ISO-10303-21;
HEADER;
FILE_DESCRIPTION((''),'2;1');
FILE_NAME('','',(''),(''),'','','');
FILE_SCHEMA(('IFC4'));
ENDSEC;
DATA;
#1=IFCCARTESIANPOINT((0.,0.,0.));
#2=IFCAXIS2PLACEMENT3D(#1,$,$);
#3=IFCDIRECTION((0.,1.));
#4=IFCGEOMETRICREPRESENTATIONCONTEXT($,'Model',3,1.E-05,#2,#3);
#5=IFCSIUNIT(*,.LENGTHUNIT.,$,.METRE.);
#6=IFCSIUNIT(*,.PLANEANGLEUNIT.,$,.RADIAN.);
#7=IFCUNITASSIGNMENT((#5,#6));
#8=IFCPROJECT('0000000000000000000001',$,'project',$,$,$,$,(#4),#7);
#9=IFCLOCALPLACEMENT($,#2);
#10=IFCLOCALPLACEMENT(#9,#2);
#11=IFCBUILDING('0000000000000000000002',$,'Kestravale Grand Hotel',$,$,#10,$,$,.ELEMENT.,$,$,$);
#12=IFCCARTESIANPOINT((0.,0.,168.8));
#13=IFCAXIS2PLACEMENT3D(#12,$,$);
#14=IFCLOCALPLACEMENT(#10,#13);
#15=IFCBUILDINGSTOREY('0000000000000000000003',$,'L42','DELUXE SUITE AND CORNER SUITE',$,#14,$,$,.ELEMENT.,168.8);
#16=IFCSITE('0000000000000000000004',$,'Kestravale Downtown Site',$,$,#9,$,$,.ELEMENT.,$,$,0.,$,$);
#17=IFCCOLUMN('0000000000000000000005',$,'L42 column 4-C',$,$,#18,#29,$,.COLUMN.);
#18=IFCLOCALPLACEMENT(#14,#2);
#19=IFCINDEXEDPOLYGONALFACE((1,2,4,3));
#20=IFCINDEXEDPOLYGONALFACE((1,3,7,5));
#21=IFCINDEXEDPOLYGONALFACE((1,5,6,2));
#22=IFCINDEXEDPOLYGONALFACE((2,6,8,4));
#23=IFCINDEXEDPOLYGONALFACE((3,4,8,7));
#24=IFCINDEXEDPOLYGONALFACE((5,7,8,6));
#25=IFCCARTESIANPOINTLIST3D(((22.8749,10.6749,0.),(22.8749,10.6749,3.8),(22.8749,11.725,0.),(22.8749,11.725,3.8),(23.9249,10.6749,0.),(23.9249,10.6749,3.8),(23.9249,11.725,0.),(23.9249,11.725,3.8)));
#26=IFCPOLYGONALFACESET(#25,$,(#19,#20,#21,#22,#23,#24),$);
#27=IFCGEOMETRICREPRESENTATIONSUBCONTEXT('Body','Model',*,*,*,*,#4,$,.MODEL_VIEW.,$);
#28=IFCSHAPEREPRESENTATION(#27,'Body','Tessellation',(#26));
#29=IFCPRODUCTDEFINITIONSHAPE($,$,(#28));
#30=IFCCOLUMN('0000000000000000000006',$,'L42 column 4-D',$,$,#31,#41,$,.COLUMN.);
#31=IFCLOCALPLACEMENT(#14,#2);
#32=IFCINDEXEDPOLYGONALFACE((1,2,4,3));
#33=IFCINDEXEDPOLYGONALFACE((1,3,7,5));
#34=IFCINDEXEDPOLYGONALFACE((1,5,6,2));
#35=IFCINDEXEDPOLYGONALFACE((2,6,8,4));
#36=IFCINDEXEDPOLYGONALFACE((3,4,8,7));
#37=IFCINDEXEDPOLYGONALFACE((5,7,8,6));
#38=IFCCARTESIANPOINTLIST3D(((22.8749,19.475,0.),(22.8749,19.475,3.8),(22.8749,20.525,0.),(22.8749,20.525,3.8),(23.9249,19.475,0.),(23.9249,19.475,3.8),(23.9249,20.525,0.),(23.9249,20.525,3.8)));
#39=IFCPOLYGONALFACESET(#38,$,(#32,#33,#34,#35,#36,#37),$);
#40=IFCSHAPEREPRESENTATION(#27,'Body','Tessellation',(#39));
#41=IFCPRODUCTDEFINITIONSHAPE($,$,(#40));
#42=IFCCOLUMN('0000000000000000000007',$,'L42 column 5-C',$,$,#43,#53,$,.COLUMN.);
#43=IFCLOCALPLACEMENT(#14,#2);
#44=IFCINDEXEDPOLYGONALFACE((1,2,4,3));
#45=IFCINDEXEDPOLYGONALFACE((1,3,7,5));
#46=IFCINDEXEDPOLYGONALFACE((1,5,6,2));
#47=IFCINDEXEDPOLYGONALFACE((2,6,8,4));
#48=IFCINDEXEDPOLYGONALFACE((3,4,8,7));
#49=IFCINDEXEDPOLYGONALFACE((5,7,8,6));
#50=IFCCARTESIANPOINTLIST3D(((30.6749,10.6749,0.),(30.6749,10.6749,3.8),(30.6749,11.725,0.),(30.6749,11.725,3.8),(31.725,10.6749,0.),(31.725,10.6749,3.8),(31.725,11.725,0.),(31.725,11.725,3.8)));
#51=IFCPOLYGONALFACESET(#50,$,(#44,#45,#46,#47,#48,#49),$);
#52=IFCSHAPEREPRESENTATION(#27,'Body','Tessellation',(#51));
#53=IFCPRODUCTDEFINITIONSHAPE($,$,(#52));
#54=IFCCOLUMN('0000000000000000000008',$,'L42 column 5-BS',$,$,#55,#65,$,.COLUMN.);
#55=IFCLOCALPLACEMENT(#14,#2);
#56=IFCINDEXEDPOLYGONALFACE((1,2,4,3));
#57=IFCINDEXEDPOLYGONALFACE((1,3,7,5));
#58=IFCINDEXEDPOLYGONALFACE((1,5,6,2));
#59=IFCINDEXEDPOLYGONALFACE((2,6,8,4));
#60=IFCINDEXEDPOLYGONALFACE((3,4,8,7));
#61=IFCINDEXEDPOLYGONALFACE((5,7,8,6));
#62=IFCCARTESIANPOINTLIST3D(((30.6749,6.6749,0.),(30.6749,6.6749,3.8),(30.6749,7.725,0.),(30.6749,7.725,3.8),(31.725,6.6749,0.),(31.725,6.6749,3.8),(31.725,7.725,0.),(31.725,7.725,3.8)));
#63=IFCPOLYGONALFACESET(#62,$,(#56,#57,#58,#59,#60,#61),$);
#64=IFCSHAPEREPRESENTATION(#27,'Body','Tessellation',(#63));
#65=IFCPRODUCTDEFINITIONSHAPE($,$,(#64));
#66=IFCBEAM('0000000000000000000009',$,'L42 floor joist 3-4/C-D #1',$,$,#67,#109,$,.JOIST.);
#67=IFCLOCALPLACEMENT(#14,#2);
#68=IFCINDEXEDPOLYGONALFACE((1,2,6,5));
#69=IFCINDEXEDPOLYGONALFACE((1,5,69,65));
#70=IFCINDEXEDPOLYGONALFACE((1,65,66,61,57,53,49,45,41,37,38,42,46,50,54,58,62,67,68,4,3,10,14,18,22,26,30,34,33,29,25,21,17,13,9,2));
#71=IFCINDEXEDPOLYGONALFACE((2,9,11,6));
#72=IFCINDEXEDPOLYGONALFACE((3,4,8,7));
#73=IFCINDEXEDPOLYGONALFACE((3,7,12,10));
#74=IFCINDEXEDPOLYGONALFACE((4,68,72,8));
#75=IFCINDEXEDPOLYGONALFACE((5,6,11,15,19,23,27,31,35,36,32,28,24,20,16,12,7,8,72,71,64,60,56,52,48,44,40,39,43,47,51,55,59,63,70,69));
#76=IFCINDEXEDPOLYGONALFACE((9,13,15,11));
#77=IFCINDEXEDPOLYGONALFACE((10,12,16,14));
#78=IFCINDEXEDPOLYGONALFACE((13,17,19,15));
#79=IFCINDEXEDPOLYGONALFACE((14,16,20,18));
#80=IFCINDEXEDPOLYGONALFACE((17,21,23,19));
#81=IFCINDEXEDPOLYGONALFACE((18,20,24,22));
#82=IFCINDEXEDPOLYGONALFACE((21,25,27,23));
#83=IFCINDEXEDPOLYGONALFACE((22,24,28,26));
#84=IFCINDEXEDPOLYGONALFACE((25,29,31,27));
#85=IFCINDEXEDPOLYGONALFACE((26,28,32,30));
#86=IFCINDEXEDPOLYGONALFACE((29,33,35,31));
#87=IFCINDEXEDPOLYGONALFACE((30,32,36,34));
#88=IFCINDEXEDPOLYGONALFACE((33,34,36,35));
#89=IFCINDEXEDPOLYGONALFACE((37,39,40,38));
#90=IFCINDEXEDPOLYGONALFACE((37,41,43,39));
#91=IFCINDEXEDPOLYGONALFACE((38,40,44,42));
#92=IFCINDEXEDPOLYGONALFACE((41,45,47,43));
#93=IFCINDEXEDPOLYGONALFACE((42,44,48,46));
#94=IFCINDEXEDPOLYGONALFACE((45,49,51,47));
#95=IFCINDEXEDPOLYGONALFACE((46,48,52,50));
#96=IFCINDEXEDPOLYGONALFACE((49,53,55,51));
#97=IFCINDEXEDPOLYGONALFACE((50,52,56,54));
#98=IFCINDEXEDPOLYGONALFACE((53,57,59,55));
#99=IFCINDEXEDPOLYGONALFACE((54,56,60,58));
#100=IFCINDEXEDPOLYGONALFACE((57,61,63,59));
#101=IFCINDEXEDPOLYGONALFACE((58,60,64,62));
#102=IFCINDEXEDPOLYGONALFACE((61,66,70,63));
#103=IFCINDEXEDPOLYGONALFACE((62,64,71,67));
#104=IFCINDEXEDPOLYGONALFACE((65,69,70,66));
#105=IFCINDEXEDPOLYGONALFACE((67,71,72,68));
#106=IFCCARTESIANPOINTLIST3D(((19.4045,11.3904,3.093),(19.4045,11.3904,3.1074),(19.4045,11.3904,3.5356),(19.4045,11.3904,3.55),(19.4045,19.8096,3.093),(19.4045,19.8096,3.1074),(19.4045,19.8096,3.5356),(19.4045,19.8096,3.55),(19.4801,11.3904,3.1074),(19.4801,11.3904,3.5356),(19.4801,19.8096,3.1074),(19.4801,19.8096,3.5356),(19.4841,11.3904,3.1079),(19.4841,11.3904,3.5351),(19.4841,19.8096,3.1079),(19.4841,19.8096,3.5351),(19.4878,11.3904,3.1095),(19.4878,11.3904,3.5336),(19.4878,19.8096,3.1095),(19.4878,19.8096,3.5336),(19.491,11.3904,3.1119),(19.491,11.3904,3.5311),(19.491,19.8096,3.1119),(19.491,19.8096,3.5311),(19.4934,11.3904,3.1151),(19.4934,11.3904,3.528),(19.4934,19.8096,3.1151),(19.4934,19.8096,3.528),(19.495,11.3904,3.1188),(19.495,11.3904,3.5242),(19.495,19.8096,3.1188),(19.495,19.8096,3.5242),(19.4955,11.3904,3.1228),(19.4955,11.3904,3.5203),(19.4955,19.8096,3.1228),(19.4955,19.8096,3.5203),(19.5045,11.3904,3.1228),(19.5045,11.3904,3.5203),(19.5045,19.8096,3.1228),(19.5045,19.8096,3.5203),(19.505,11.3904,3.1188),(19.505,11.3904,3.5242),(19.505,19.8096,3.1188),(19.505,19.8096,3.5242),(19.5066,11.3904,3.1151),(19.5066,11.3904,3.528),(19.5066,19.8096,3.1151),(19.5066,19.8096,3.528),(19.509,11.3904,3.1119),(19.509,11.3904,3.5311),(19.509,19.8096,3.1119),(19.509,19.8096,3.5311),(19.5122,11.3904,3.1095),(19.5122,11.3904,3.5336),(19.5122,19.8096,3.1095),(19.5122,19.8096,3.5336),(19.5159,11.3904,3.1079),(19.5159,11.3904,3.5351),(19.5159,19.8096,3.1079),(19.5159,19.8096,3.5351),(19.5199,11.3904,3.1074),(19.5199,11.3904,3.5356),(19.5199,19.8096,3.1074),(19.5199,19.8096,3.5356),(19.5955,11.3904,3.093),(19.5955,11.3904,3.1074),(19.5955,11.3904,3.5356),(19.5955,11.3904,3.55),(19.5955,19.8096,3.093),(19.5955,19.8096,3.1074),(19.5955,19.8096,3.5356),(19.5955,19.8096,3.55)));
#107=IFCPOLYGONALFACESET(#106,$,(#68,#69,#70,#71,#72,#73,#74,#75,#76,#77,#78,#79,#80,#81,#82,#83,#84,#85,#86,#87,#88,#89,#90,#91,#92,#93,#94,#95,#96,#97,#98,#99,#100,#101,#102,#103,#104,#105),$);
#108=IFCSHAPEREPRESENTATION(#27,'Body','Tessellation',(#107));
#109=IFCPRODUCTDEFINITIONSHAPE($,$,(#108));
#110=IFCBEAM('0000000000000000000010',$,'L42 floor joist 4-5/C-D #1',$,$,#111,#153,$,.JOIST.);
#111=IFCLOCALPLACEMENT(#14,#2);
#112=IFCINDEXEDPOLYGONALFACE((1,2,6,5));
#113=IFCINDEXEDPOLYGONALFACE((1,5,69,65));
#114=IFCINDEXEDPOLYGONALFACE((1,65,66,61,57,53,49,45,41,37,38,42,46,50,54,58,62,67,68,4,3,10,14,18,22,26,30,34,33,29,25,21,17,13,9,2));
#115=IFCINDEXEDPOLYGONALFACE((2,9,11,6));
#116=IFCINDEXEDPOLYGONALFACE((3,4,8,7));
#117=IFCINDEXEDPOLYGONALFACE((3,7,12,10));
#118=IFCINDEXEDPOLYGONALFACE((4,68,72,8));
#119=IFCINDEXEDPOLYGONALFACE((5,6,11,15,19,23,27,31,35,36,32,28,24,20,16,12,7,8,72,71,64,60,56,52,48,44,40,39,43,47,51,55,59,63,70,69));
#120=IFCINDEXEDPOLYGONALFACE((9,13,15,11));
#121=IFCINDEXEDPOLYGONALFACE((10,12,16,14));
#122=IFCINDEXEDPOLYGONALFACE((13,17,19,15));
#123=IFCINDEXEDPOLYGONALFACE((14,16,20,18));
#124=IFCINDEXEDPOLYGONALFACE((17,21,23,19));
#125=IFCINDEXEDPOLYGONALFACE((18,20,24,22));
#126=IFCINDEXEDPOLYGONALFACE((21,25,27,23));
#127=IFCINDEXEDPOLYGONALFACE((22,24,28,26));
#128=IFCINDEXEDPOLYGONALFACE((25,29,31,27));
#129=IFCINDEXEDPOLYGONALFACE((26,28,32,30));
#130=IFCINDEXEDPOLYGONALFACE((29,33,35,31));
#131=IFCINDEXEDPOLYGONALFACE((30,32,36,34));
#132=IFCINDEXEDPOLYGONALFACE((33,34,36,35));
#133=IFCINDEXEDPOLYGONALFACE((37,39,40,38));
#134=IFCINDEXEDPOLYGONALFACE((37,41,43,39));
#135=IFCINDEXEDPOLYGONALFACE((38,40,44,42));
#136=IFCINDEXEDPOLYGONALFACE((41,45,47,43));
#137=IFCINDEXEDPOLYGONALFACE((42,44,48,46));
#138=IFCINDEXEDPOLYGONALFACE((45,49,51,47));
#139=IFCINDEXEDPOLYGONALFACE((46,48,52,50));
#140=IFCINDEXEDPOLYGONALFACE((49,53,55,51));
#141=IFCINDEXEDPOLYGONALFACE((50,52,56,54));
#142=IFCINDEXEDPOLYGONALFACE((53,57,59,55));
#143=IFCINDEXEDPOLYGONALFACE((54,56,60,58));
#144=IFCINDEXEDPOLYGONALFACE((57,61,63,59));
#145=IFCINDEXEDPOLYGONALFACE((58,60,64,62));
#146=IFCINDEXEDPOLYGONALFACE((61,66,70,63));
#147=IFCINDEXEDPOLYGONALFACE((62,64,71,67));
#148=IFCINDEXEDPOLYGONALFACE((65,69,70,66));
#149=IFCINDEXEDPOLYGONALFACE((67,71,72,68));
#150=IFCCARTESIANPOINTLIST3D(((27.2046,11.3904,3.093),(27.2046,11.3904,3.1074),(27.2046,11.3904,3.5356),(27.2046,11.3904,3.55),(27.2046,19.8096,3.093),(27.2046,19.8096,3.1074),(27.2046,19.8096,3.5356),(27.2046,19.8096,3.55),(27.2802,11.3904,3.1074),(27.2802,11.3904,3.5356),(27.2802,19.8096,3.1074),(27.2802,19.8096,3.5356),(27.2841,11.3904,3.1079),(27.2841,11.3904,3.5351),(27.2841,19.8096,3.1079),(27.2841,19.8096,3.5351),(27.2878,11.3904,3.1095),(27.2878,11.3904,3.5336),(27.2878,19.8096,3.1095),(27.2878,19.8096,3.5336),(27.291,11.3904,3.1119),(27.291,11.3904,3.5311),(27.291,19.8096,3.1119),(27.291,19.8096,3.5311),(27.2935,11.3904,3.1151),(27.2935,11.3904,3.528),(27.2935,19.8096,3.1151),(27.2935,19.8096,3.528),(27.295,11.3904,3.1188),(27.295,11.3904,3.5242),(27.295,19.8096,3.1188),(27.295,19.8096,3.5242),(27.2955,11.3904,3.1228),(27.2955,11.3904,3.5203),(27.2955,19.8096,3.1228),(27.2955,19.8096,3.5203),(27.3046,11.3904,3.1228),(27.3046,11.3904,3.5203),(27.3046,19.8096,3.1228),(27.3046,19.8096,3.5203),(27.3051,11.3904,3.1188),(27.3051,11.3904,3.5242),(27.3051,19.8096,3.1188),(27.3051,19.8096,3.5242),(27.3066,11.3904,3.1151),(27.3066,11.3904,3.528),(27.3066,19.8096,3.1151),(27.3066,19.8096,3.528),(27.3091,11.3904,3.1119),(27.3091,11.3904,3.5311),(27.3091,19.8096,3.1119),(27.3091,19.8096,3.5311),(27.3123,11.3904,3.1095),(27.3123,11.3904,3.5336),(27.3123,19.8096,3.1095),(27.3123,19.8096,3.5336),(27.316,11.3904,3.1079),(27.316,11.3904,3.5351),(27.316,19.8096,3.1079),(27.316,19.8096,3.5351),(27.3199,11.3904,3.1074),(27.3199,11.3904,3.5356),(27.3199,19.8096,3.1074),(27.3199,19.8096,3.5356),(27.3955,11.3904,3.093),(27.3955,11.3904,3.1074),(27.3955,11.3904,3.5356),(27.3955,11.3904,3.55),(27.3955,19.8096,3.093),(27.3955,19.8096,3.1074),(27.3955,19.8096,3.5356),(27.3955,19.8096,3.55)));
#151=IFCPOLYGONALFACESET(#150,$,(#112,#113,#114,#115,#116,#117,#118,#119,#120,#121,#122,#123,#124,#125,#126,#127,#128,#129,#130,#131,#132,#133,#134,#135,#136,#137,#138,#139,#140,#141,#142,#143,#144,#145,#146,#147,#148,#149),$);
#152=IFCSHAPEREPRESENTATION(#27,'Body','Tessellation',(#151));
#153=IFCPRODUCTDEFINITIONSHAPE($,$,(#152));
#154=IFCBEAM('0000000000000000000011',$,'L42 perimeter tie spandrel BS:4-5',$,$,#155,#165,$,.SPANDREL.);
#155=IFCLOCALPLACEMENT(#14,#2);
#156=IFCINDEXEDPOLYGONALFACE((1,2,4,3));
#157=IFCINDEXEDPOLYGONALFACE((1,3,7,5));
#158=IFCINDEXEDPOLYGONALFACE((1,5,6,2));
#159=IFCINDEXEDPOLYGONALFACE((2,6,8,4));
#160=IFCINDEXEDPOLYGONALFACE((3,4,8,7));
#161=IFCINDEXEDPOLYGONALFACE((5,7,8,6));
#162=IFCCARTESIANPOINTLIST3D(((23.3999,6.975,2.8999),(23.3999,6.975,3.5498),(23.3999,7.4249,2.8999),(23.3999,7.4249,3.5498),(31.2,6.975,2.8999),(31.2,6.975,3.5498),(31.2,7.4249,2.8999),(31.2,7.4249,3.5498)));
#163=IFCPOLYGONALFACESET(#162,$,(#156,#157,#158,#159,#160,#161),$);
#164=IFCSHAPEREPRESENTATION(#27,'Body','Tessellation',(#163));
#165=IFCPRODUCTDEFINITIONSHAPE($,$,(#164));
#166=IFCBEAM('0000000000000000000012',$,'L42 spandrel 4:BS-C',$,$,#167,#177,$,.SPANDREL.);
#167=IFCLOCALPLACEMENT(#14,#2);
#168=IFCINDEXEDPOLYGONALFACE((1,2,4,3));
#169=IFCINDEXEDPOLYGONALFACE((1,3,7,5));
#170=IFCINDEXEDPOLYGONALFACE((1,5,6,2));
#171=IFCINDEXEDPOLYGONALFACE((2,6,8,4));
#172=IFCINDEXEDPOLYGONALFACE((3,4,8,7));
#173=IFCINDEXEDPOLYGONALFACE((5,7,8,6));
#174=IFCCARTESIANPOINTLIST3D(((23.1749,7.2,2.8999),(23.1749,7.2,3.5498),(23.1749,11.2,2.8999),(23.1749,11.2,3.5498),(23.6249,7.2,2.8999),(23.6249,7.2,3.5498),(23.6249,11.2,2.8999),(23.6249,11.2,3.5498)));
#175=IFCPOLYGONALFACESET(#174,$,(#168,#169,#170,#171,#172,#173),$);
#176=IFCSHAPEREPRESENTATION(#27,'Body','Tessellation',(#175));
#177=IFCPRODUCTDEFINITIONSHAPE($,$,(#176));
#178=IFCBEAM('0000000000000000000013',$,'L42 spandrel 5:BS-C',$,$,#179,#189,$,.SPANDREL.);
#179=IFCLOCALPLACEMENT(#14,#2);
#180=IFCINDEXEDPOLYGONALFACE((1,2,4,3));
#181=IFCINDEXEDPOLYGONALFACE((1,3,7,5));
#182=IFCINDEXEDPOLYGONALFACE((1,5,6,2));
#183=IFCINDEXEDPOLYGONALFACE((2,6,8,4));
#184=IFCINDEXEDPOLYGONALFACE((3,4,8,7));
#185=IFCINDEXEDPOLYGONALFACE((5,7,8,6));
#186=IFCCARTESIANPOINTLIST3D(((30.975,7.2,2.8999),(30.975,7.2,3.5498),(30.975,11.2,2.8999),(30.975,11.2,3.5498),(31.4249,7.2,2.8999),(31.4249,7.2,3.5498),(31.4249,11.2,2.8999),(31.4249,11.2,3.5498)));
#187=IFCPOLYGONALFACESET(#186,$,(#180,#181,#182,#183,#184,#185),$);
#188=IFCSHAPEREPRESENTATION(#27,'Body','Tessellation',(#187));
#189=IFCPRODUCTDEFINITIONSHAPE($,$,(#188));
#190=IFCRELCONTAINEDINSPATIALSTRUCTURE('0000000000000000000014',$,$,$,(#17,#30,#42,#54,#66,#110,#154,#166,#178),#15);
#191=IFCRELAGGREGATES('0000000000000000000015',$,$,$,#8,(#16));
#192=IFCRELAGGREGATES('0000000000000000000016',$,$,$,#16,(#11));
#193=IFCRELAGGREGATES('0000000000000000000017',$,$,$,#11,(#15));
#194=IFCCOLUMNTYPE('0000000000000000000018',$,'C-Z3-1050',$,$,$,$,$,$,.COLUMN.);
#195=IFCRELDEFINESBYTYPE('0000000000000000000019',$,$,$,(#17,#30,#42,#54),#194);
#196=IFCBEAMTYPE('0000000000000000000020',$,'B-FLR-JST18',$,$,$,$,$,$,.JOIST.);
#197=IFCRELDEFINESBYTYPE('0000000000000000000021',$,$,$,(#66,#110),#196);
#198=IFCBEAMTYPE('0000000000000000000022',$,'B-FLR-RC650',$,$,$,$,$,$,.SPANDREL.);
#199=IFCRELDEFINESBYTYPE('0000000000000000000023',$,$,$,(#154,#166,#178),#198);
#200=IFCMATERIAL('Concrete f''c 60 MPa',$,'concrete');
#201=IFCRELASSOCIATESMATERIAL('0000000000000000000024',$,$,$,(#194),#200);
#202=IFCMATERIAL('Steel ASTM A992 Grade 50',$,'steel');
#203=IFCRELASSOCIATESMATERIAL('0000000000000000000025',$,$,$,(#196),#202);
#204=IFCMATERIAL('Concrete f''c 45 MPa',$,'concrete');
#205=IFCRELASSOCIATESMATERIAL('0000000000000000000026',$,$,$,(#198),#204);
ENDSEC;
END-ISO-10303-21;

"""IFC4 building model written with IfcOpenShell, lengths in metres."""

from ifc_helpers import new_model, si_unit, direction, frame, origin, origin_2d, place, context, subcontext, project, spatial, rectangle, i_section, extrude, material, material_profile, profile_set, type_object, element, save


model = new_model("IFC4")

# Units and contexts
model_context = context("Model", 3, precision=1e-05, world=origin(), true_north=direction((0.0, 1.0)))
body_context = subcontext(model_context, "Body", "Model", "MODEL_VIEW")
ifc_project = project(units=[si_unit("LENGTHUNIT", "METRE"), si_unit("PLANEANGLEUNIT", "RADIAN")], contexts=[model_context])

# Site, building, storey
site_placement = place(None, origin())
site = spatial("IfcSite", under=ifc_project, at=site_placement, Name="Kestravale Downtown Site", CompositionType="ELEMENT", RefElevation=0.0)
building_placement = place(site_placement, origin())
building = spatial("IfcBuilding", under=site, at=building_placement, Name="Kestravale Grand Hotel", CompositionType="ELEMENT")
storey_placement = place(building_placement, frame((0.0, 0.0, 168.8)))
storey = spatial("IfcBuildingStorey", under=building, at=storey_placement, Name="L42", Description="DELUXE SUITE AND CORNER SUITE", CompositionType="ELEMENT", Elevation=168.8)

# Columns
ifc_material_1 = material(Name="Concrete f'c 60 MPa", Category="concrete")
ifc_material_profile_1 = material_profile(ifc_material_1, rectangle(XDim=1.05, YDim=1.05, at=origin_2d()))
ifc_profile_set_1 = profile_set([ifc_material_profile_1], Name="Concrete f'c 60 MPa")
column_type = type_object("IfcColumnType", Name="C-Z3-1050", PredefinedType="COLUMN", material=ifc_profile_set_1)
for number, where, z_axis, x_axis, name in (
    (1, (23.3999, 11.2, 0.0), (0.0, 0.0, 1.0), (1.0, 0.0, 0.0), "L42 column 4-C"),
    (2, (23.3999, 20.0, 0.0), (0.0, 0.0, 1.0), (1.0, 0.0, 0.0), "L42 column 4-D"),
    (3, (31.2, 11.2, 0.0), (0.0, 0.0, 1.0), (1.0, 0.0, 0.0), "L42 column 5-C"),
    (4, (31.2, 7.2, 0.0), (0.0, 0.0, 1.0), (1.0, 0.0, 0.0), "L42 column 5-BS"),
):
    element("IfcColumn", number, at=place(storey_placement, frame(where, z_axis=z_axis, x_axis=x_axis)), inside=storey, type_object=column_type, Name=name, PredefinedType="COLUMN", context=body_context, shape_type="SweptSolid", body=[
        extrude(rectangle(XDim=1.05, YDim=1.05, at=origin_2d()), origin(), (0.0, 0.0, 1.0), 3.8),
    ])

# Beams
ifc_material_2 = material(Name="Steel ASTM A992 Grade 50", Category="steel")
ifc_material_profile_2 = material_profile(ifc_material_2, i_section(OverallWidth=0.1909, OverallDepth=0.457, WebThickness=0.009, FlangeThickness=0.0144, FilletRadius=0.0154, at=origin_2d()))
ifc_profile_set_2 = profile_set([ifc_material_profile_2], Name="Steel ASTM A992 Grade 50")
beam_type_1 = type_object("IfcBeamType", Name="B-FLR-JST18", PredefinedType="JOIST", material=ifc_profile_set_2)
for number, where, z_axis, x_axis, name in (
    (5, (19.5, 11.3904, 3.3215), (0.0, 1.0, 0.0), (-1.0, 0.0, 0.0), "L42 floor joist 3-4/C-D #1"),
    (6, (27.3, 11.3904, 3.3215), (0.0, 1.0, 0.0), (-1.0, 0.0, 0.0), "L42 floor joist 4-5/C-D #1"),
):
    element("IfcBeam", number, at=place(storey_placement, frame(where, z_axis=z_axis, x_axis=x_axis)), inside=storey, type_object=beam_type_1, Name=name, PredefinedType="JOIST", context=body_context, shape_type="SweptSolid", body=[
        extrude(i_section(OverallWidth=0.1909, OverallDepth=0.457, WebThickness=0.009, FlangeThickness=0.0144, FilletRadius=0.0154, at=origin_2d()), origin(), (0.0, 0.0, 1.0), 8.4192),
    ])
ifc_material_3 = material(Name="Concrete f'c 45 MPa", Category="concrete")
ifc_material_profile_3 = material_profile(ifc_material_3, rectangle(XDim=0.45, YDim=0.6499, at=origin_2d()))
ifc_profile_set_3 = profile_set([ifc_material_profile_3], Name="Concrete f'c 45 MPa")
beam_type_2 = type_object("IfcBeamType", Name="B-FLR-RC650", PredefinedType="SPANDREL", material=ifc_profile_set_3)
beam_placement = place(storey_placement, frame((23.3999, 7.2, 3.2249), z_axis=(1.0, 0.0, 0.0), x_axis=(0.0, 1.0, 0.0)))
element("IfcBeam", 7, at=beam_placement, inside=storey, type_object=beam_type_2, Name="L42 perimeter tie spandrel BS:4-5", PredefinedType="SPANDREL", context=body_context, shape_type="SweptSolid", body=[
    extrude(rectangle(XDim=0.45, YDim=0.6499, at=origin_2d()), origin(), (0.0, 0.0, 1.0), 7.8),
])
for number, where, z_axis, x_axis, name in (
    (8, (23.3999, 7.2, 3.2249), (0.0, 1.0, 0.0), (-1.0, 0.0, 0.0), "L42 spandrel 4:BS-C"),
    (9, (31.2, 7.2, 3.2249), (0.0, 1.0, 0.0), (-1.0, 0.0, 0.0), "L42 spandrel 5:BS-C"),
):
    element("IfcBeam", number, at=place(storey_placement, frame(where, z_axis=z_axis, x_axis=x_axis)), inside=storey, type_object=beam_type_2, Name=name, PredefinedType="SPANDREL", context=body_context, shape_type="SweptSolid", body=[
        extrude(rectangle(XDim=0.45, YDim=0.6499, at=origin_2d()), origin(), (0.0, 0.0, 1.0), 4.0),
    ])

save(model, "model.ifc")
